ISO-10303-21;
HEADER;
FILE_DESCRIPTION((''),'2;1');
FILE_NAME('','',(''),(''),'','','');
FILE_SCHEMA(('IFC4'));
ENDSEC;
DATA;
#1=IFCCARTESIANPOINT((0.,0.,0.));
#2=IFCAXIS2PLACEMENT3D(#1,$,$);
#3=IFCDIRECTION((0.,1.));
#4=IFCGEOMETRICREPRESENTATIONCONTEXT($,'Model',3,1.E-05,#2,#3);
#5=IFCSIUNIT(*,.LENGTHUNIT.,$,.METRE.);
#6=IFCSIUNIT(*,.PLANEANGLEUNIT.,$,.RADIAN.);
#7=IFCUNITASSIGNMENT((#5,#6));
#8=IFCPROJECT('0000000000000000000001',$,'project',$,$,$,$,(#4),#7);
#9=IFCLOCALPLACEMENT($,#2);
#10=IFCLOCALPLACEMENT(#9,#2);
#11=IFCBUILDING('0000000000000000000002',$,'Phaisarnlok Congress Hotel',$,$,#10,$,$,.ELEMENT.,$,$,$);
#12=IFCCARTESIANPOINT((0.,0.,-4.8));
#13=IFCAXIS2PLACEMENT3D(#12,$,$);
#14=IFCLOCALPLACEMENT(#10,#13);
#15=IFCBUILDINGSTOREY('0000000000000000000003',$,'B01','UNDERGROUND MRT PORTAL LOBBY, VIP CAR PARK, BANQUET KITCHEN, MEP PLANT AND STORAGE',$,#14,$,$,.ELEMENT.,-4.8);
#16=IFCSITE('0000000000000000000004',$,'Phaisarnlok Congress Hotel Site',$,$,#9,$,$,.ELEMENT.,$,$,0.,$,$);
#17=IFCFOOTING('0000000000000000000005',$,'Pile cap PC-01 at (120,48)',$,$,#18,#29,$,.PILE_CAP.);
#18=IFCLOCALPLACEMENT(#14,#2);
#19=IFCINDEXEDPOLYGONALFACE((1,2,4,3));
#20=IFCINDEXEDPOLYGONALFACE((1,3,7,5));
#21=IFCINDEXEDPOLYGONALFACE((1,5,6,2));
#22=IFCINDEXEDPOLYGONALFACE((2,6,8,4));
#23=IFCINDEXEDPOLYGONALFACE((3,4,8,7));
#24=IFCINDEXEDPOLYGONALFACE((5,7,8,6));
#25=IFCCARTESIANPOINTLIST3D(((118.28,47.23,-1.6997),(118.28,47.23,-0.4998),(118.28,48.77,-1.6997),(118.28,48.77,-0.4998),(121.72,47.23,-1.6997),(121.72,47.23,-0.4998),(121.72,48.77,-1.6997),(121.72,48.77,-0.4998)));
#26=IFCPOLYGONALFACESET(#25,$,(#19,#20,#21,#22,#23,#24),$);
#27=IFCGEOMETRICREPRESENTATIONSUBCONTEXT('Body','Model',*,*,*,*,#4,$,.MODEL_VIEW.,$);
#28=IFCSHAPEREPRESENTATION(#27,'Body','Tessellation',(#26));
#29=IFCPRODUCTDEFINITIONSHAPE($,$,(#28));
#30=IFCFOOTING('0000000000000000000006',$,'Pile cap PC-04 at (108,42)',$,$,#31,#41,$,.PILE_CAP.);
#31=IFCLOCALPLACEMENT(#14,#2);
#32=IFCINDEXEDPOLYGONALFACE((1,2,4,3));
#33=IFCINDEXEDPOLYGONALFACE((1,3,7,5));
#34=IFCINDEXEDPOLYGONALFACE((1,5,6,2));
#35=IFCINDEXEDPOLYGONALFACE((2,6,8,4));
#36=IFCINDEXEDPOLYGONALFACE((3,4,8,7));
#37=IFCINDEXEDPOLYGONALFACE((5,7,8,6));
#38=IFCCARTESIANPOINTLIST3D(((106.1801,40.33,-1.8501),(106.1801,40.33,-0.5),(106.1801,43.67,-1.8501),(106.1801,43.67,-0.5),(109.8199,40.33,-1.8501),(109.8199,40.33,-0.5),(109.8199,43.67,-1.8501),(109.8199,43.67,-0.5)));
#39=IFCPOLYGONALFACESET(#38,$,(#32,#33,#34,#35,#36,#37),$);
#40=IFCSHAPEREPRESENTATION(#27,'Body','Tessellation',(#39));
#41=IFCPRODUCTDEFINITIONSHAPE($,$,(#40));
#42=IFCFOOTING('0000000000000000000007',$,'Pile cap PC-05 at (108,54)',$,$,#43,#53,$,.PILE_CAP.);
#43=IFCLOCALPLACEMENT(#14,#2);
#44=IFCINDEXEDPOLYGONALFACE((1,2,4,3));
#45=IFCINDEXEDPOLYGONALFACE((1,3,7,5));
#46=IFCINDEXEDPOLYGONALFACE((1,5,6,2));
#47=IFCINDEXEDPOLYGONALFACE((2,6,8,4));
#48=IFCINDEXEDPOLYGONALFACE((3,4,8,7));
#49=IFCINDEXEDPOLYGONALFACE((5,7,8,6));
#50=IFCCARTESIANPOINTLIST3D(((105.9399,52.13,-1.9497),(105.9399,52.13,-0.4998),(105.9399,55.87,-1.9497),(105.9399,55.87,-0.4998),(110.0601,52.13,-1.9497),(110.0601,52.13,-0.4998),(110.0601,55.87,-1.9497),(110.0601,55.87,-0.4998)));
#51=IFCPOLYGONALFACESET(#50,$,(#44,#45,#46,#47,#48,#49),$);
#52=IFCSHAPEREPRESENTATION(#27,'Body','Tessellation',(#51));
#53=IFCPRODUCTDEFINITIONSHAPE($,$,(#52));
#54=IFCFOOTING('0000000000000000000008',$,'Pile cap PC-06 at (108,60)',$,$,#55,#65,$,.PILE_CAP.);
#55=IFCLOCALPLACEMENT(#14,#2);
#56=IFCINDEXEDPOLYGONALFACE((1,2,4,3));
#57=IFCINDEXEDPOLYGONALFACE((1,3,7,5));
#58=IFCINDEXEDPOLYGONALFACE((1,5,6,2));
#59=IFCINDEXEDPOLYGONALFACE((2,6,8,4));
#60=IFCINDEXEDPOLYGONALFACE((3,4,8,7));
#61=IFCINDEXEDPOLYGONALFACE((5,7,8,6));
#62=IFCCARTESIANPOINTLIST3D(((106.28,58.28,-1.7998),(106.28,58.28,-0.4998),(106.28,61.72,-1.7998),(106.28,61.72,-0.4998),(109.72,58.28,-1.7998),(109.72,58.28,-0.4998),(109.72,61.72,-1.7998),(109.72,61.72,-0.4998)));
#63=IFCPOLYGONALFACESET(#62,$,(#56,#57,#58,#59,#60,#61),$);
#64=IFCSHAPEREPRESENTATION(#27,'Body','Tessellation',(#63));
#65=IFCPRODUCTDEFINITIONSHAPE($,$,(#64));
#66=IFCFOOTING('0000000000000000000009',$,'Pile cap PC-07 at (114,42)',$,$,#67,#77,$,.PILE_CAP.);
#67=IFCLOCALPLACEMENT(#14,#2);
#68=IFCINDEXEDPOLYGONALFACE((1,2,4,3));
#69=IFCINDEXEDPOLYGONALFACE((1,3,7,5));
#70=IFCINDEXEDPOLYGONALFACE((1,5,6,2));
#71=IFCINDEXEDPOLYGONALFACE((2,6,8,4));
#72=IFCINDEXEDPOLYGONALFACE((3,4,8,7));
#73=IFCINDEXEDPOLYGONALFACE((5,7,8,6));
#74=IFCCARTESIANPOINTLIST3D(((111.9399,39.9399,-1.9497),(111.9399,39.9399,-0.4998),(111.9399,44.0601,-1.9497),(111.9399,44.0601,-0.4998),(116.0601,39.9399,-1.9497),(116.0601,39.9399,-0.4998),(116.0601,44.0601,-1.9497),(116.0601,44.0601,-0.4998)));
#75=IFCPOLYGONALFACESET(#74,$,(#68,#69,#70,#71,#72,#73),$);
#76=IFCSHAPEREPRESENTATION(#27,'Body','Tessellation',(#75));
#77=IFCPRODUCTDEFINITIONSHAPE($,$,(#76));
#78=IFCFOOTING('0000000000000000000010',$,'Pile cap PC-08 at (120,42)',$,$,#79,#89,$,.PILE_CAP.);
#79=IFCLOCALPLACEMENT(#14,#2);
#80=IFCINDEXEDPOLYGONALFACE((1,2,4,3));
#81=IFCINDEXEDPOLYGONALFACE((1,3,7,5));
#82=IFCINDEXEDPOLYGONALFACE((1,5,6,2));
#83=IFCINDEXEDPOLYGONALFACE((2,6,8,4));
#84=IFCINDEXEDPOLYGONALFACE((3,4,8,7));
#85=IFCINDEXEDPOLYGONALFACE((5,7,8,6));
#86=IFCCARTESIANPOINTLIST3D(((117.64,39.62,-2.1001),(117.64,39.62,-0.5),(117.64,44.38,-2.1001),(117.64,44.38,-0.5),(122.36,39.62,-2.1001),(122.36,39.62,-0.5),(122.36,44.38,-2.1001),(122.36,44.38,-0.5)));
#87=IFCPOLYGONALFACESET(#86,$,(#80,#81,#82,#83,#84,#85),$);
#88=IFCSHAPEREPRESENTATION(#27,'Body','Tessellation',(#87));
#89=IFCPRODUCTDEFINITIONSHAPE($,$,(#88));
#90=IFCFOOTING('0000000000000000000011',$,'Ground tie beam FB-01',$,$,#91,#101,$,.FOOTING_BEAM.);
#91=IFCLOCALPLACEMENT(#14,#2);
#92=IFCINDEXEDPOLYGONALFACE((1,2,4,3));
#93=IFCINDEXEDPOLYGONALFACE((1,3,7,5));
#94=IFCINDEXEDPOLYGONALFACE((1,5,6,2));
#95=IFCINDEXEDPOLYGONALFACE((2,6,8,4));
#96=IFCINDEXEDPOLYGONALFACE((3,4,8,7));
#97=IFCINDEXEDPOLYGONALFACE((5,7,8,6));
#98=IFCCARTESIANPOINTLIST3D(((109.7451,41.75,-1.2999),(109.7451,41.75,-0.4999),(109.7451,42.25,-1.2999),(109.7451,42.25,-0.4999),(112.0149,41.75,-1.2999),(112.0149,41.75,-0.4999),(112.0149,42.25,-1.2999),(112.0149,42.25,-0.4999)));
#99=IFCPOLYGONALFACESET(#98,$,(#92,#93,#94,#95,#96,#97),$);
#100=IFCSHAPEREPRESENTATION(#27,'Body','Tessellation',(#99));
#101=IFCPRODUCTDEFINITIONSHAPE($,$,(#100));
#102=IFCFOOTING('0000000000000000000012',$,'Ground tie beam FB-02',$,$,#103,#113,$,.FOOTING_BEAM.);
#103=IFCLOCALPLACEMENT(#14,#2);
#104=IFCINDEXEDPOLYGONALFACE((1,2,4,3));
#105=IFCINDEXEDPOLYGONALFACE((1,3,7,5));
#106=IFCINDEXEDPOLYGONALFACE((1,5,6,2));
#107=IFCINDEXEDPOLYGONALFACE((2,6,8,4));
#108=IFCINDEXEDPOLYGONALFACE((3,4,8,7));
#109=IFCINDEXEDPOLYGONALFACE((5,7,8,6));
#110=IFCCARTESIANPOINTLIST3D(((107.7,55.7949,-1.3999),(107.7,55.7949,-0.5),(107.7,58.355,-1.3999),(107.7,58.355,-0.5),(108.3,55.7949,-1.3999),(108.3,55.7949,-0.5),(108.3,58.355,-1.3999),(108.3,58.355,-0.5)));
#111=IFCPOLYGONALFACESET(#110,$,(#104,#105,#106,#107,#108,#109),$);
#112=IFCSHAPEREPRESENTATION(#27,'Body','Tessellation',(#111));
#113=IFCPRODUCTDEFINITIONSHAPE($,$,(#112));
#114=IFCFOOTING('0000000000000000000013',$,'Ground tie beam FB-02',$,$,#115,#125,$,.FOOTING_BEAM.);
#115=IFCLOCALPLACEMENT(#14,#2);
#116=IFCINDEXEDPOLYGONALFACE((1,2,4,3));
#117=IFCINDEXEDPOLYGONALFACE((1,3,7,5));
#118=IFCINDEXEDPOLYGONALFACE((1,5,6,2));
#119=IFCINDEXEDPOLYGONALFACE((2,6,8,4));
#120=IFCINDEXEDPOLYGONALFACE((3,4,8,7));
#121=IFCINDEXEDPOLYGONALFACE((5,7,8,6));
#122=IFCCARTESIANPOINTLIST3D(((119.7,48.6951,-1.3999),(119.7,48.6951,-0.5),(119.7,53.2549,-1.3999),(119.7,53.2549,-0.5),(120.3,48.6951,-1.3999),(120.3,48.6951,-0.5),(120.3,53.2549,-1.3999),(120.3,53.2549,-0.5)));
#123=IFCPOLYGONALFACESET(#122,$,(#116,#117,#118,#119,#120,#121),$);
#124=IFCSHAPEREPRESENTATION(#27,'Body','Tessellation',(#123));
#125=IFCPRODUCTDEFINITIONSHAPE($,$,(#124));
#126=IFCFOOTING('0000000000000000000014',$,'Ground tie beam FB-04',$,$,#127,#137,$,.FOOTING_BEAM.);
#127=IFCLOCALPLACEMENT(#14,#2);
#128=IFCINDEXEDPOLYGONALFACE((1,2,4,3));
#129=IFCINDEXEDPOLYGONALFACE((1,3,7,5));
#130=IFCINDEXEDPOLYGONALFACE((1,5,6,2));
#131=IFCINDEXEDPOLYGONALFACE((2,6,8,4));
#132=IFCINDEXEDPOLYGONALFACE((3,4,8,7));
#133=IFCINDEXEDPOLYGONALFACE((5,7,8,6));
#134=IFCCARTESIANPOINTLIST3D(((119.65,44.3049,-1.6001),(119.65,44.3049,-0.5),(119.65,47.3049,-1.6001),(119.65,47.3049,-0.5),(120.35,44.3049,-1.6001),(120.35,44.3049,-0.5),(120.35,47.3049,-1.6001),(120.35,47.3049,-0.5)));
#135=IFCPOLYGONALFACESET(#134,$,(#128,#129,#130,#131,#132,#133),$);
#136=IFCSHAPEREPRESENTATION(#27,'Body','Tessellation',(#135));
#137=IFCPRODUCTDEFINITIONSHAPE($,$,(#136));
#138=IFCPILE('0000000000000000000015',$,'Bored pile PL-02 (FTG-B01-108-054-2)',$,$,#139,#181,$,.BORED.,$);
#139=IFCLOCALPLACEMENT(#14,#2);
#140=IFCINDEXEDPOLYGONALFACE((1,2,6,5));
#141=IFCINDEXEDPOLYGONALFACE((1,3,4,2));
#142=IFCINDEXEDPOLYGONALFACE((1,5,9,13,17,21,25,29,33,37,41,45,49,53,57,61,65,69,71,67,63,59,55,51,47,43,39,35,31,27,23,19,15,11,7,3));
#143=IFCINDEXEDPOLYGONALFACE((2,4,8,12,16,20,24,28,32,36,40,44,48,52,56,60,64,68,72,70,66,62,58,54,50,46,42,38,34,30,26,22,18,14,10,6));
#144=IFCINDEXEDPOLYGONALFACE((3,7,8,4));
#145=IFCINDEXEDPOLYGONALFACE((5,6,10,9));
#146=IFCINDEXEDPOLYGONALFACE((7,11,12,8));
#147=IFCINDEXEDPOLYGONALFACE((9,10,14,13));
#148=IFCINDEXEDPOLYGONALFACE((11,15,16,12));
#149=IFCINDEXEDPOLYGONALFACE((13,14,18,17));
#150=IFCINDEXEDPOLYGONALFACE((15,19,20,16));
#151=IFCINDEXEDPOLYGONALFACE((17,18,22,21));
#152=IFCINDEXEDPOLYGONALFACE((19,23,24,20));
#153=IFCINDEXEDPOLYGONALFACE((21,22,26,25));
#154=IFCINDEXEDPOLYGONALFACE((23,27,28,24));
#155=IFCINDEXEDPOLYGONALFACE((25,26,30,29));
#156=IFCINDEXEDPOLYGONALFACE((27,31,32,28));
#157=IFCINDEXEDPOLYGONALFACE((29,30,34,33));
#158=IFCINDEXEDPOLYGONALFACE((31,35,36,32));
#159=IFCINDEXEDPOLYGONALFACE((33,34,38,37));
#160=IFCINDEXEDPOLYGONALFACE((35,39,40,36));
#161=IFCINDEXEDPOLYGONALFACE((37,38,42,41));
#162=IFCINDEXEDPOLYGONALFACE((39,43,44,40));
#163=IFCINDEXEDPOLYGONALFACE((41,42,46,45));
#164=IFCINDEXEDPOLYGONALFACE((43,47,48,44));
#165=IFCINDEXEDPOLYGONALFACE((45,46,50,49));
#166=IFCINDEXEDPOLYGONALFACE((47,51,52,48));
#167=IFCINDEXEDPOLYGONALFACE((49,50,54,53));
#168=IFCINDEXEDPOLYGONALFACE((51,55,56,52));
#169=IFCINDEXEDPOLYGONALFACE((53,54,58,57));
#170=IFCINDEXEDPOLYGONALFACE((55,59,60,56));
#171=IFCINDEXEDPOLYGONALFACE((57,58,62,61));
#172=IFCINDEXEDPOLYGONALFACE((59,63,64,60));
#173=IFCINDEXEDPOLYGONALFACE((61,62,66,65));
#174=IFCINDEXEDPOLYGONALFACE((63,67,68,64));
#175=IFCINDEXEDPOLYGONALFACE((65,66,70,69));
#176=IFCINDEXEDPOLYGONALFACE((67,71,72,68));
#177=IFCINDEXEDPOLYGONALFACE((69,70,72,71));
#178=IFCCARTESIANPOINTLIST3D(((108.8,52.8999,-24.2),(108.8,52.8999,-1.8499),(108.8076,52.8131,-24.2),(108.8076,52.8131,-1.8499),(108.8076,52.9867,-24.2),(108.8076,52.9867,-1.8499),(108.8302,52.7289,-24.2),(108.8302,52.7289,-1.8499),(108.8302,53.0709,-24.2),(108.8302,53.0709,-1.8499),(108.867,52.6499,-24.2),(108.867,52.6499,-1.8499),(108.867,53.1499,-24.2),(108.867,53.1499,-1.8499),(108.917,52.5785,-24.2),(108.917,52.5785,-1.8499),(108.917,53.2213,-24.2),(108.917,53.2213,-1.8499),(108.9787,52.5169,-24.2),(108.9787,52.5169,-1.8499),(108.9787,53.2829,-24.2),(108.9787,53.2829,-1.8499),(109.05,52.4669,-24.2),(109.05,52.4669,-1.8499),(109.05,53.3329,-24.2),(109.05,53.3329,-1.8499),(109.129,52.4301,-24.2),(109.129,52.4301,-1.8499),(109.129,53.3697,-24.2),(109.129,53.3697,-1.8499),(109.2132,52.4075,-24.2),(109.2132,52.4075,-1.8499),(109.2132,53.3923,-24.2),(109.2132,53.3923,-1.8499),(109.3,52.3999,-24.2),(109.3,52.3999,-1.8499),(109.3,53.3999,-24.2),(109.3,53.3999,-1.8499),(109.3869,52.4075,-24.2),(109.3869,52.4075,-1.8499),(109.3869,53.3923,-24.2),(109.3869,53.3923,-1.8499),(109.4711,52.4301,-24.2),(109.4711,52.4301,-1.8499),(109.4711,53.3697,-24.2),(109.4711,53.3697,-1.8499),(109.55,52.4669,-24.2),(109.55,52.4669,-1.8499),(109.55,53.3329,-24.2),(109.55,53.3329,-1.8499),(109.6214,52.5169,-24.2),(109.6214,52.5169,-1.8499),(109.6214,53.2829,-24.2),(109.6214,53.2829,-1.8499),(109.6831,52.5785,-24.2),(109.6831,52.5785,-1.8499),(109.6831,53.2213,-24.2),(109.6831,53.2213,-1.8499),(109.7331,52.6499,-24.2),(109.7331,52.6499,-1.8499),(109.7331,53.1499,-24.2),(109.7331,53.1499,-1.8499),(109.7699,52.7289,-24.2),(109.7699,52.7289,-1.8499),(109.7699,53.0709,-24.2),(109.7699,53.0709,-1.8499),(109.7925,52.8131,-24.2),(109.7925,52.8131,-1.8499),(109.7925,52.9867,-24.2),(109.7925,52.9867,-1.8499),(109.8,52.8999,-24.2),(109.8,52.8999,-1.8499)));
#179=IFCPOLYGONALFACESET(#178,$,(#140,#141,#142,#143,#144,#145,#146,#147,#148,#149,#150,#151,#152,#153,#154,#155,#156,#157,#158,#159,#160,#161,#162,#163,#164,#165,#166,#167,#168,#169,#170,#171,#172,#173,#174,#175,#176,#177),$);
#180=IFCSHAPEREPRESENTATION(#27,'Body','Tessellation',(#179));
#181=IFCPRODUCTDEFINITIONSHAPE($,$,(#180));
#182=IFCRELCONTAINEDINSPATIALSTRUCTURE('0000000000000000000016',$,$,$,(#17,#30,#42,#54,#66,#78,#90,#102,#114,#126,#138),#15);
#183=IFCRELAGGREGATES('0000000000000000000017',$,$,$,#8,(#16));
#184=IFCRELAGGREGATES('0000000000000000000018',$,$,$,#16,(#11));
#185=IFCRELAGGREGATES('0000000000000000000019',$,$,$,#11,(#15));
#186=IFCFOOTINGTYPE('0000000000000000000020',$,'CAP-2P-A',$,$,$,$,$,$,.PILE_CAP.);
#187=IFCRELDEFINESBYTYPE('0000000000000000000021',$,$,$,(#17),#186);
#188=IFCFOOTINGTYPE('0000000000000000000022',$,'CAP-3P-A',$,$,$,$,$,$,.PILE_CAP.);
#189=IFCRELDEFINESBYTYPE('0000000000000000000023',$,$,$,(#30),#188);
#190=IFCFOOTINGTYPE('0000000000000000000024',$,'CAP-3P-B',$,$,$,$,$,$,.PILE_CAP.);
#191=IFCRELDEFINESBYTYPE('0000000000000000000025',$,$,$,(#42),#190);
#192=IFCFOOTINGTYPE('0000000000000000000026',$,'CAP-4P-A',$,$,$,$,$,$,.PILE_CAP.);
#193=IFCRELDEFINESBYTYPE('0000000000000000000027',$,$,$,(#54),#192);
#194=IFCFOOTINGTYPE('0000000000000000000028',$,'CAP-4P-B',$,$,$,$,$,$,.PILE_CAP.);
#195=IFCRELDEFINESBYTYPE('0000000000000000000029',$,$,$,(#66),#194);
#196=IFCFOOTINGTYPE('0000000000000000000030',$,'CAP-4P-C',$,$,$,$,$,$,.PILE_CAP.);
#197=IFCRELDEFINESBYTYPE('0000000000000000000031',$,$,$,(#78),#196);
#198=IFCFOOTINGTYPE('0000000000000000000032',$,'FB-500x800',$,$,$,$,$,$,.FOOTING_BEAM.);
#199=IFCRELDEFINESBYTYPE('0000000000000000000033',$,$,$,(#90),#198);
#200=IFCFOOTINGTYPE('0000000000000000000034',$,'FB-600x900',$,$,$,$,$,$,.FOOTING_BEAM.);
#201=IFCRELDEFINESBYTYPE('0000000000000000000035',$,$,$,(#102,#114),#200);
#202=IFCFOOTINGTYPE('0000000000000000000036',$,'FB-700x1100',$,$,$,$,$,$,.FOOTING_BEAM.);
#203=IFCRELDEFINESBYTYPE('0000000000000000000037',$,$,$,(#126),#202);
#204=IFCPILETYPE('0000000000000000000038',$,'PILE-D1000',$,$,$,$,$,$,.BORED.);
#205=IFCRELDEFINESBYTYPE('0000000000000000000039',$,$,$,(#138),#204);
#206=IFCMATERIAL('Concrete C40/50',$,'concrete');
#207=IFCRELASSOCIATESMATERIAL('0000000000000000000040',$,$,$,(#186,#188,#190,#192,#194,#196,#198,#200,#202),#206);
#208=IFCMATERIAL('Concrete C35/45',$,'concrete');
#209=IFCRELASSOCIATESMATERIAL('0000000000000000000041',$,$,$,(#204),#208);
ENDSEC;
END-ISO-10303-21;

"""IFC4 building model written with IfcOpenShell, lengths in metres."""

from ifc_helpers import new_model, si_unit, direction, frame, origin, origin_2d, place, context, subcontext, project, spatial, rectangle, circle, extrude, material, material_profile, profile_set, type_object, element, save


model = new_model("IFC4")

# Units and contexts
model_context = context("Model", 3, precision=1e-05, world=origin(), true_north=direction((0.0, 1.0)))
body_context = subcontext(model_context, "Body", "Model", "MODEL_VIEW")
ifc_project = project(units=[si_unit("LENGTHUNIT", "METRE"), si_unit("PLANEANGLEUNIT", "RADIAN")], contexts=[model_context])

# Site, building, storey
site_placement = place(None, origin())
site = spatial("IfcSite", under=ifc_project, at=site_placement, Name="Phaisarnlok Congress Hotel Site", CompositionType="ELEMENT", RefElevation=0.0)
building_placement = place(site_placement, origin())
building = spatial("IfcBuilding", under=site, at=building_placement, Name="Phaisarnlok Congress Hotel", CompositionType="ELEMENT")
storey_placement = place(building_placement, frame((0.0, 0.0, -4.8)))
storey = spatial("IfcBuildingStorey", under=building, at=storey_placement, Name="B01", Description="UNDERGROUND MRT PORTAL LOBBY, VIP CAR PARK, BANQUET KITCHEN, MEP PLANT AND STORAGE", CompositionType="ELEMENT", Elevation=-4.8)

# Footings
ifc_material_1 = material(Name="Concrete C40/50", Category="concrete")
footing_type_1 = type_object("IfcFootingType", Name="CAP-2P-A", PredefinedType="PILE_CAP", material=ifc_material_1)
footing_1_placement = place(storey_placement, frame((120.0, 48.0, -1.6997), z_axis=(0.0, 0.0, 1.0), x_axis=(1.0, 0.0, 0.0)))
element("IfcFooting", 1, at=footing_1_placement, inside=storey, type_object=footing_type_1, Name="Pile cap PC-01 at (120,48)", PredefinedType="PILE_CAP", context=body_context, shape_type="SweptSolid", body=[
    extrude(rectangle(XDim=3.4399, YDim=1.54, at=origin_2d()), origin(), (0.0, 0.0, 1.0), 1.2),
])
footing_type_2 = type_object("IfcFootingType", Name="CAP-3P-A", PredefinedType="PILE_CAP", material=ifc_material_1)
footing_2_placement = place(storey_placement, frame((108.0, 42.0, -1.8501), z_axis=(0.0, 0.0, 1.0), x_axis=(1.0, 0.0, 0.0)))
element("IfcFooting", 2, at=footing_2_placement, inside=storey, type_object=footing_type_2, Name="Pile cap PC-04 at (108,42)", PredefinedType="PILE_CAP", context=body_context, shape_type="SweptSolid", body=[
    extrude(rectangle(XDim=3.6399, YDim=3.3401, at=origin_2d()), origin(), (0.0, 0.0, 1.0), 1.3501),
])
footing_type_3 = type_object("IfcFootingType", Name="CAP-3P-B", PredefinedType="PILE_CAP", material=ifc_material_1)
footing_3_placement = place(storey_placement, frame((108.0, 54.0, -1.9497), z_axis=(0.0, 0.0, 1.0), x_axis=(1.0, 0.0, 0.0)))
element("IfcFooting", 3, at=footing_3_placement, inside=storey, type_object=footing_type_3, Name="Pile cap PC-05 at (108,54)", PredefinedType="PILE_CAP", context=body_context, shape_type="SweptSolid", body=[
    extrude(rectangle(XDim=4.1201, YDim=3.74, at=origin_2d()), origin(), (0.0, 0.0, 1.0), 1.45),
])
footing_type_4 = type_object("IfcFootingType", Name="CAP-4P-A", PredefinedType="PILE_CAP", material=ifc_material_1)
footing_4_placement = place(storey_placement, frame((108.0, 60.0, -1.7998), z_axis=(0.0, 0.0, 1.0), x_axis=(1.0, 0.0, 0.0)))
element("IfcFooting", 4, at=footing_4_placement, inside=storey, type_object=footing_type_4, Name="Pile cap PC-06 at (108,60)", PredefinedType="PILE_CAP", context=body_context, shape_type="SweptSolid", body=[
    extrude(rectangle(XDim=3.4399, YDim=3.4399, at=origin_2d()), origin(), (0.0, 0.0, 1.0), 1.3),
])
footing_type_5 = type_object("IfcFootingType", Name="CAP-4P-B", PredefinedType="PILE_CAP", material=ifc_material_1)
footing_5_placement = place(storey_placement, frame((114.0, 42.0, -1.9497), z_axis=(0.0, 0.0, 1.0), x_axis=(1.0, 0.0, 0.0)))
element("IfcFooting", 5, at=footing_5_placement, inside=storey, type_object=footing_type_5, Name="Pile cap PC-07 at (114,42)", PredefinedType="PILE_CAP", context=body_context, shape_type="SweptSolid", body=[
    extrude(rectangle(XDim=4.1201, YDim=4.1201, at=origin_2d()), origin(), (0.0, 0.0, 1.0), 1.45),
])
footing_type_6 = type_object("IfcFootingType", Name="CAP-4P-C", PredefinedType="PILE_CAP", material=ifc_material_1)
footing_6_placement = place(storey_placement, frame((120.0, 42.0, -2.1001), z_axis=(0.0, 0.0, 1.0), x_axis=(1.0, 0.0, 0.0)))
element("IfcFooting", 6, at=footing_6_placement, inside=storey, type_object=footing_type_6, Name="Pile cap PC-08 at (120,42)", PredefinedType="PILE_CAP", context=body_context, shape_type="SweptSolid", body=[
    extrude(rectangle(XDim=4.72, YDim=4.76, at=origin_2d()), origin(), (0.0, 0.0, 1.0), 1.6001),
])
ifc_material_profile_1 = material_profile(ifc_material_1, rectangle(XDim=0.5, YDim=0.8, at=origin_2d()), Name="FB-500x800")
ifc_profile_set_1 = profile_set([ifc_material_profile_1], Name="Concrete C40/50")
footing_type_7 = type_object("IfcFootingType", Name="FB-500x800", PredefinedType="FOOTING_BEAM", material=ifc_profile_set_1)
footing_7_placement = place(storey_placement, frame((109.7451, 42.0, -0.8999), z_axis=(1.0, 0.0, 0.0), x_axis=(0.0, 1.0, 0.0)))
element("IfcFooting", 7, at=footing_7_placement, inside=storey, type_object=footing_type_7, Name="Ground tie beam FB-01", PredefinedType="FOOTING_BEAM", context=body_context, shape_type="SweptSolid", body=[
    extrude(rectangle(XDim=0.5, YDim=0.8, at=origin_2d()), origin(), (0.0, 0.0, 1.0), 2.2698),
])
ifc_material_profile_2 = material_profile(ifc_material_1, rectangle(XDim=0.6001, YDim=0.8999, at=origin_2d()), Name="FB-600x900")
ifc_profile_set_2 = profile_set([ifc_material_profile_2], Name="Concrete C40/50")
footing_type_8 = type_object("IfcFootingType", Name="FB-600x900", PredefinedType="FOOTING_BEAM", material=ifc_profile_set_2)
footing_8_placement = place(storey_placement, frame((108.0, 55.7949, -0.95), z_axis=(0.0, 1.0, 0.0), x_axis=(-1.0, 0.0, 0.0)))
element("IfcFooting", 8, at=footing_8_placement, inside=storey, type_object=footing_type_8, Name="Ground tie beam FB-02", PredefinedType="FOOTING_BEAM", context=body_context, shape_type="SweptSolid", body=[
    extrude(rectangle(XDim=0.6001, YDim=0.8999, at=origin_2d()), origin(), (0.0, 0.0, 1.0), 2.5601),
])
footing_9_placement = place(storey_placement, frame((120.0, 48.6951, -0.95), z_axis=(0.0, 1.0, 0.0), x_axis=(-1.0, 0.0, 0.0)))
element("IfcFooting", 9, at=footing_9_placement, inside=storey, type_object=footing_type_8, Name="Ground tie beam FB-02", PredefinedType="FOOTING_BEAM", context=body_context, shape_type="SweptSolid", body=[
    extrude(rectangle(XDim=0.6001, YDim=0.8999, at=origin_2d()), origin(), (0.0, 0.0, 1.0), 4.5598),
])
ifc_material_profile_3 = material_profile(ifc_material_1, rectangle(XDim=0.7, YDim=1.1001, at=origin_2d()), Name="FB-700x1100")
ifc_profile_set_3 = profile_set([ifc_material_profile_3], Name="Concrete C40/50")
footing_type_9 = type_object("IfcFootingType", Name="FB-700x1100", PredefinedType="FOOTING_BEAM", material=ifc_profile_set_3)
footing_10_placement = place(storey_placement, frame((120.0, 44.3049, -1.05), z_axis=(0.0, 1.0, 0.0), x_axis=(-1.0, 0.0, 0.0)))
element("IfcFooting", 10, at=footing_10_placement, inside=storey, type_object=footing_type_9, Name="Ground tie beam FB-04", PredefinedType="FOOTING_BEAM", context=body_context, shape_type="SweptSolid", body=[
    extrude(rectangle(XDim=0.7, YDim=1.1001, at=origin_2d()), origin(), (0.0, 0.0, 1.0), 3.0),
])

# Pile
ifc_material_2 = material(Name="Concrete C35/45", Category="concrete")
ifc_material_profile_4 = material_profile(ifc_material_2, circle(Radius=0.5, at=origin_2d()), Name="BORED PILE D1000")
ifc_profile_set_4 = profile_set([ifc_material_profile_4], Name="Concrete C35/45")
pile_type_1 = type_object("IfcPileType", Name="PILE-D1000", PredefinedType="BORED", material=ifc_profile_set_4)
for number, where, z_axis, x_axis, name in (
    (11, (109.3, 52.8999, -1.8499), (0.0, 0.0, -1.0), (1.0, 0.0, 0.0), "Bored pile PL-02 (FTG-B01-108-054-2)"),
):
    element("IfcPile", number, at=place(storey_placement, frame(where, z_axis=z_axis, x_axis=x_axis)), inside=storey, type_object=pile_type_1, Name=name, PredefinedType="BORED", context=body_context, shape_type="SweptSolid", body=[
        extrude(circle(Radius=0.5, at=origin_2d()), origin(), (0.0, 0.0, 1.0), 22.3501),
    ])

save(model, "model.ifc")
